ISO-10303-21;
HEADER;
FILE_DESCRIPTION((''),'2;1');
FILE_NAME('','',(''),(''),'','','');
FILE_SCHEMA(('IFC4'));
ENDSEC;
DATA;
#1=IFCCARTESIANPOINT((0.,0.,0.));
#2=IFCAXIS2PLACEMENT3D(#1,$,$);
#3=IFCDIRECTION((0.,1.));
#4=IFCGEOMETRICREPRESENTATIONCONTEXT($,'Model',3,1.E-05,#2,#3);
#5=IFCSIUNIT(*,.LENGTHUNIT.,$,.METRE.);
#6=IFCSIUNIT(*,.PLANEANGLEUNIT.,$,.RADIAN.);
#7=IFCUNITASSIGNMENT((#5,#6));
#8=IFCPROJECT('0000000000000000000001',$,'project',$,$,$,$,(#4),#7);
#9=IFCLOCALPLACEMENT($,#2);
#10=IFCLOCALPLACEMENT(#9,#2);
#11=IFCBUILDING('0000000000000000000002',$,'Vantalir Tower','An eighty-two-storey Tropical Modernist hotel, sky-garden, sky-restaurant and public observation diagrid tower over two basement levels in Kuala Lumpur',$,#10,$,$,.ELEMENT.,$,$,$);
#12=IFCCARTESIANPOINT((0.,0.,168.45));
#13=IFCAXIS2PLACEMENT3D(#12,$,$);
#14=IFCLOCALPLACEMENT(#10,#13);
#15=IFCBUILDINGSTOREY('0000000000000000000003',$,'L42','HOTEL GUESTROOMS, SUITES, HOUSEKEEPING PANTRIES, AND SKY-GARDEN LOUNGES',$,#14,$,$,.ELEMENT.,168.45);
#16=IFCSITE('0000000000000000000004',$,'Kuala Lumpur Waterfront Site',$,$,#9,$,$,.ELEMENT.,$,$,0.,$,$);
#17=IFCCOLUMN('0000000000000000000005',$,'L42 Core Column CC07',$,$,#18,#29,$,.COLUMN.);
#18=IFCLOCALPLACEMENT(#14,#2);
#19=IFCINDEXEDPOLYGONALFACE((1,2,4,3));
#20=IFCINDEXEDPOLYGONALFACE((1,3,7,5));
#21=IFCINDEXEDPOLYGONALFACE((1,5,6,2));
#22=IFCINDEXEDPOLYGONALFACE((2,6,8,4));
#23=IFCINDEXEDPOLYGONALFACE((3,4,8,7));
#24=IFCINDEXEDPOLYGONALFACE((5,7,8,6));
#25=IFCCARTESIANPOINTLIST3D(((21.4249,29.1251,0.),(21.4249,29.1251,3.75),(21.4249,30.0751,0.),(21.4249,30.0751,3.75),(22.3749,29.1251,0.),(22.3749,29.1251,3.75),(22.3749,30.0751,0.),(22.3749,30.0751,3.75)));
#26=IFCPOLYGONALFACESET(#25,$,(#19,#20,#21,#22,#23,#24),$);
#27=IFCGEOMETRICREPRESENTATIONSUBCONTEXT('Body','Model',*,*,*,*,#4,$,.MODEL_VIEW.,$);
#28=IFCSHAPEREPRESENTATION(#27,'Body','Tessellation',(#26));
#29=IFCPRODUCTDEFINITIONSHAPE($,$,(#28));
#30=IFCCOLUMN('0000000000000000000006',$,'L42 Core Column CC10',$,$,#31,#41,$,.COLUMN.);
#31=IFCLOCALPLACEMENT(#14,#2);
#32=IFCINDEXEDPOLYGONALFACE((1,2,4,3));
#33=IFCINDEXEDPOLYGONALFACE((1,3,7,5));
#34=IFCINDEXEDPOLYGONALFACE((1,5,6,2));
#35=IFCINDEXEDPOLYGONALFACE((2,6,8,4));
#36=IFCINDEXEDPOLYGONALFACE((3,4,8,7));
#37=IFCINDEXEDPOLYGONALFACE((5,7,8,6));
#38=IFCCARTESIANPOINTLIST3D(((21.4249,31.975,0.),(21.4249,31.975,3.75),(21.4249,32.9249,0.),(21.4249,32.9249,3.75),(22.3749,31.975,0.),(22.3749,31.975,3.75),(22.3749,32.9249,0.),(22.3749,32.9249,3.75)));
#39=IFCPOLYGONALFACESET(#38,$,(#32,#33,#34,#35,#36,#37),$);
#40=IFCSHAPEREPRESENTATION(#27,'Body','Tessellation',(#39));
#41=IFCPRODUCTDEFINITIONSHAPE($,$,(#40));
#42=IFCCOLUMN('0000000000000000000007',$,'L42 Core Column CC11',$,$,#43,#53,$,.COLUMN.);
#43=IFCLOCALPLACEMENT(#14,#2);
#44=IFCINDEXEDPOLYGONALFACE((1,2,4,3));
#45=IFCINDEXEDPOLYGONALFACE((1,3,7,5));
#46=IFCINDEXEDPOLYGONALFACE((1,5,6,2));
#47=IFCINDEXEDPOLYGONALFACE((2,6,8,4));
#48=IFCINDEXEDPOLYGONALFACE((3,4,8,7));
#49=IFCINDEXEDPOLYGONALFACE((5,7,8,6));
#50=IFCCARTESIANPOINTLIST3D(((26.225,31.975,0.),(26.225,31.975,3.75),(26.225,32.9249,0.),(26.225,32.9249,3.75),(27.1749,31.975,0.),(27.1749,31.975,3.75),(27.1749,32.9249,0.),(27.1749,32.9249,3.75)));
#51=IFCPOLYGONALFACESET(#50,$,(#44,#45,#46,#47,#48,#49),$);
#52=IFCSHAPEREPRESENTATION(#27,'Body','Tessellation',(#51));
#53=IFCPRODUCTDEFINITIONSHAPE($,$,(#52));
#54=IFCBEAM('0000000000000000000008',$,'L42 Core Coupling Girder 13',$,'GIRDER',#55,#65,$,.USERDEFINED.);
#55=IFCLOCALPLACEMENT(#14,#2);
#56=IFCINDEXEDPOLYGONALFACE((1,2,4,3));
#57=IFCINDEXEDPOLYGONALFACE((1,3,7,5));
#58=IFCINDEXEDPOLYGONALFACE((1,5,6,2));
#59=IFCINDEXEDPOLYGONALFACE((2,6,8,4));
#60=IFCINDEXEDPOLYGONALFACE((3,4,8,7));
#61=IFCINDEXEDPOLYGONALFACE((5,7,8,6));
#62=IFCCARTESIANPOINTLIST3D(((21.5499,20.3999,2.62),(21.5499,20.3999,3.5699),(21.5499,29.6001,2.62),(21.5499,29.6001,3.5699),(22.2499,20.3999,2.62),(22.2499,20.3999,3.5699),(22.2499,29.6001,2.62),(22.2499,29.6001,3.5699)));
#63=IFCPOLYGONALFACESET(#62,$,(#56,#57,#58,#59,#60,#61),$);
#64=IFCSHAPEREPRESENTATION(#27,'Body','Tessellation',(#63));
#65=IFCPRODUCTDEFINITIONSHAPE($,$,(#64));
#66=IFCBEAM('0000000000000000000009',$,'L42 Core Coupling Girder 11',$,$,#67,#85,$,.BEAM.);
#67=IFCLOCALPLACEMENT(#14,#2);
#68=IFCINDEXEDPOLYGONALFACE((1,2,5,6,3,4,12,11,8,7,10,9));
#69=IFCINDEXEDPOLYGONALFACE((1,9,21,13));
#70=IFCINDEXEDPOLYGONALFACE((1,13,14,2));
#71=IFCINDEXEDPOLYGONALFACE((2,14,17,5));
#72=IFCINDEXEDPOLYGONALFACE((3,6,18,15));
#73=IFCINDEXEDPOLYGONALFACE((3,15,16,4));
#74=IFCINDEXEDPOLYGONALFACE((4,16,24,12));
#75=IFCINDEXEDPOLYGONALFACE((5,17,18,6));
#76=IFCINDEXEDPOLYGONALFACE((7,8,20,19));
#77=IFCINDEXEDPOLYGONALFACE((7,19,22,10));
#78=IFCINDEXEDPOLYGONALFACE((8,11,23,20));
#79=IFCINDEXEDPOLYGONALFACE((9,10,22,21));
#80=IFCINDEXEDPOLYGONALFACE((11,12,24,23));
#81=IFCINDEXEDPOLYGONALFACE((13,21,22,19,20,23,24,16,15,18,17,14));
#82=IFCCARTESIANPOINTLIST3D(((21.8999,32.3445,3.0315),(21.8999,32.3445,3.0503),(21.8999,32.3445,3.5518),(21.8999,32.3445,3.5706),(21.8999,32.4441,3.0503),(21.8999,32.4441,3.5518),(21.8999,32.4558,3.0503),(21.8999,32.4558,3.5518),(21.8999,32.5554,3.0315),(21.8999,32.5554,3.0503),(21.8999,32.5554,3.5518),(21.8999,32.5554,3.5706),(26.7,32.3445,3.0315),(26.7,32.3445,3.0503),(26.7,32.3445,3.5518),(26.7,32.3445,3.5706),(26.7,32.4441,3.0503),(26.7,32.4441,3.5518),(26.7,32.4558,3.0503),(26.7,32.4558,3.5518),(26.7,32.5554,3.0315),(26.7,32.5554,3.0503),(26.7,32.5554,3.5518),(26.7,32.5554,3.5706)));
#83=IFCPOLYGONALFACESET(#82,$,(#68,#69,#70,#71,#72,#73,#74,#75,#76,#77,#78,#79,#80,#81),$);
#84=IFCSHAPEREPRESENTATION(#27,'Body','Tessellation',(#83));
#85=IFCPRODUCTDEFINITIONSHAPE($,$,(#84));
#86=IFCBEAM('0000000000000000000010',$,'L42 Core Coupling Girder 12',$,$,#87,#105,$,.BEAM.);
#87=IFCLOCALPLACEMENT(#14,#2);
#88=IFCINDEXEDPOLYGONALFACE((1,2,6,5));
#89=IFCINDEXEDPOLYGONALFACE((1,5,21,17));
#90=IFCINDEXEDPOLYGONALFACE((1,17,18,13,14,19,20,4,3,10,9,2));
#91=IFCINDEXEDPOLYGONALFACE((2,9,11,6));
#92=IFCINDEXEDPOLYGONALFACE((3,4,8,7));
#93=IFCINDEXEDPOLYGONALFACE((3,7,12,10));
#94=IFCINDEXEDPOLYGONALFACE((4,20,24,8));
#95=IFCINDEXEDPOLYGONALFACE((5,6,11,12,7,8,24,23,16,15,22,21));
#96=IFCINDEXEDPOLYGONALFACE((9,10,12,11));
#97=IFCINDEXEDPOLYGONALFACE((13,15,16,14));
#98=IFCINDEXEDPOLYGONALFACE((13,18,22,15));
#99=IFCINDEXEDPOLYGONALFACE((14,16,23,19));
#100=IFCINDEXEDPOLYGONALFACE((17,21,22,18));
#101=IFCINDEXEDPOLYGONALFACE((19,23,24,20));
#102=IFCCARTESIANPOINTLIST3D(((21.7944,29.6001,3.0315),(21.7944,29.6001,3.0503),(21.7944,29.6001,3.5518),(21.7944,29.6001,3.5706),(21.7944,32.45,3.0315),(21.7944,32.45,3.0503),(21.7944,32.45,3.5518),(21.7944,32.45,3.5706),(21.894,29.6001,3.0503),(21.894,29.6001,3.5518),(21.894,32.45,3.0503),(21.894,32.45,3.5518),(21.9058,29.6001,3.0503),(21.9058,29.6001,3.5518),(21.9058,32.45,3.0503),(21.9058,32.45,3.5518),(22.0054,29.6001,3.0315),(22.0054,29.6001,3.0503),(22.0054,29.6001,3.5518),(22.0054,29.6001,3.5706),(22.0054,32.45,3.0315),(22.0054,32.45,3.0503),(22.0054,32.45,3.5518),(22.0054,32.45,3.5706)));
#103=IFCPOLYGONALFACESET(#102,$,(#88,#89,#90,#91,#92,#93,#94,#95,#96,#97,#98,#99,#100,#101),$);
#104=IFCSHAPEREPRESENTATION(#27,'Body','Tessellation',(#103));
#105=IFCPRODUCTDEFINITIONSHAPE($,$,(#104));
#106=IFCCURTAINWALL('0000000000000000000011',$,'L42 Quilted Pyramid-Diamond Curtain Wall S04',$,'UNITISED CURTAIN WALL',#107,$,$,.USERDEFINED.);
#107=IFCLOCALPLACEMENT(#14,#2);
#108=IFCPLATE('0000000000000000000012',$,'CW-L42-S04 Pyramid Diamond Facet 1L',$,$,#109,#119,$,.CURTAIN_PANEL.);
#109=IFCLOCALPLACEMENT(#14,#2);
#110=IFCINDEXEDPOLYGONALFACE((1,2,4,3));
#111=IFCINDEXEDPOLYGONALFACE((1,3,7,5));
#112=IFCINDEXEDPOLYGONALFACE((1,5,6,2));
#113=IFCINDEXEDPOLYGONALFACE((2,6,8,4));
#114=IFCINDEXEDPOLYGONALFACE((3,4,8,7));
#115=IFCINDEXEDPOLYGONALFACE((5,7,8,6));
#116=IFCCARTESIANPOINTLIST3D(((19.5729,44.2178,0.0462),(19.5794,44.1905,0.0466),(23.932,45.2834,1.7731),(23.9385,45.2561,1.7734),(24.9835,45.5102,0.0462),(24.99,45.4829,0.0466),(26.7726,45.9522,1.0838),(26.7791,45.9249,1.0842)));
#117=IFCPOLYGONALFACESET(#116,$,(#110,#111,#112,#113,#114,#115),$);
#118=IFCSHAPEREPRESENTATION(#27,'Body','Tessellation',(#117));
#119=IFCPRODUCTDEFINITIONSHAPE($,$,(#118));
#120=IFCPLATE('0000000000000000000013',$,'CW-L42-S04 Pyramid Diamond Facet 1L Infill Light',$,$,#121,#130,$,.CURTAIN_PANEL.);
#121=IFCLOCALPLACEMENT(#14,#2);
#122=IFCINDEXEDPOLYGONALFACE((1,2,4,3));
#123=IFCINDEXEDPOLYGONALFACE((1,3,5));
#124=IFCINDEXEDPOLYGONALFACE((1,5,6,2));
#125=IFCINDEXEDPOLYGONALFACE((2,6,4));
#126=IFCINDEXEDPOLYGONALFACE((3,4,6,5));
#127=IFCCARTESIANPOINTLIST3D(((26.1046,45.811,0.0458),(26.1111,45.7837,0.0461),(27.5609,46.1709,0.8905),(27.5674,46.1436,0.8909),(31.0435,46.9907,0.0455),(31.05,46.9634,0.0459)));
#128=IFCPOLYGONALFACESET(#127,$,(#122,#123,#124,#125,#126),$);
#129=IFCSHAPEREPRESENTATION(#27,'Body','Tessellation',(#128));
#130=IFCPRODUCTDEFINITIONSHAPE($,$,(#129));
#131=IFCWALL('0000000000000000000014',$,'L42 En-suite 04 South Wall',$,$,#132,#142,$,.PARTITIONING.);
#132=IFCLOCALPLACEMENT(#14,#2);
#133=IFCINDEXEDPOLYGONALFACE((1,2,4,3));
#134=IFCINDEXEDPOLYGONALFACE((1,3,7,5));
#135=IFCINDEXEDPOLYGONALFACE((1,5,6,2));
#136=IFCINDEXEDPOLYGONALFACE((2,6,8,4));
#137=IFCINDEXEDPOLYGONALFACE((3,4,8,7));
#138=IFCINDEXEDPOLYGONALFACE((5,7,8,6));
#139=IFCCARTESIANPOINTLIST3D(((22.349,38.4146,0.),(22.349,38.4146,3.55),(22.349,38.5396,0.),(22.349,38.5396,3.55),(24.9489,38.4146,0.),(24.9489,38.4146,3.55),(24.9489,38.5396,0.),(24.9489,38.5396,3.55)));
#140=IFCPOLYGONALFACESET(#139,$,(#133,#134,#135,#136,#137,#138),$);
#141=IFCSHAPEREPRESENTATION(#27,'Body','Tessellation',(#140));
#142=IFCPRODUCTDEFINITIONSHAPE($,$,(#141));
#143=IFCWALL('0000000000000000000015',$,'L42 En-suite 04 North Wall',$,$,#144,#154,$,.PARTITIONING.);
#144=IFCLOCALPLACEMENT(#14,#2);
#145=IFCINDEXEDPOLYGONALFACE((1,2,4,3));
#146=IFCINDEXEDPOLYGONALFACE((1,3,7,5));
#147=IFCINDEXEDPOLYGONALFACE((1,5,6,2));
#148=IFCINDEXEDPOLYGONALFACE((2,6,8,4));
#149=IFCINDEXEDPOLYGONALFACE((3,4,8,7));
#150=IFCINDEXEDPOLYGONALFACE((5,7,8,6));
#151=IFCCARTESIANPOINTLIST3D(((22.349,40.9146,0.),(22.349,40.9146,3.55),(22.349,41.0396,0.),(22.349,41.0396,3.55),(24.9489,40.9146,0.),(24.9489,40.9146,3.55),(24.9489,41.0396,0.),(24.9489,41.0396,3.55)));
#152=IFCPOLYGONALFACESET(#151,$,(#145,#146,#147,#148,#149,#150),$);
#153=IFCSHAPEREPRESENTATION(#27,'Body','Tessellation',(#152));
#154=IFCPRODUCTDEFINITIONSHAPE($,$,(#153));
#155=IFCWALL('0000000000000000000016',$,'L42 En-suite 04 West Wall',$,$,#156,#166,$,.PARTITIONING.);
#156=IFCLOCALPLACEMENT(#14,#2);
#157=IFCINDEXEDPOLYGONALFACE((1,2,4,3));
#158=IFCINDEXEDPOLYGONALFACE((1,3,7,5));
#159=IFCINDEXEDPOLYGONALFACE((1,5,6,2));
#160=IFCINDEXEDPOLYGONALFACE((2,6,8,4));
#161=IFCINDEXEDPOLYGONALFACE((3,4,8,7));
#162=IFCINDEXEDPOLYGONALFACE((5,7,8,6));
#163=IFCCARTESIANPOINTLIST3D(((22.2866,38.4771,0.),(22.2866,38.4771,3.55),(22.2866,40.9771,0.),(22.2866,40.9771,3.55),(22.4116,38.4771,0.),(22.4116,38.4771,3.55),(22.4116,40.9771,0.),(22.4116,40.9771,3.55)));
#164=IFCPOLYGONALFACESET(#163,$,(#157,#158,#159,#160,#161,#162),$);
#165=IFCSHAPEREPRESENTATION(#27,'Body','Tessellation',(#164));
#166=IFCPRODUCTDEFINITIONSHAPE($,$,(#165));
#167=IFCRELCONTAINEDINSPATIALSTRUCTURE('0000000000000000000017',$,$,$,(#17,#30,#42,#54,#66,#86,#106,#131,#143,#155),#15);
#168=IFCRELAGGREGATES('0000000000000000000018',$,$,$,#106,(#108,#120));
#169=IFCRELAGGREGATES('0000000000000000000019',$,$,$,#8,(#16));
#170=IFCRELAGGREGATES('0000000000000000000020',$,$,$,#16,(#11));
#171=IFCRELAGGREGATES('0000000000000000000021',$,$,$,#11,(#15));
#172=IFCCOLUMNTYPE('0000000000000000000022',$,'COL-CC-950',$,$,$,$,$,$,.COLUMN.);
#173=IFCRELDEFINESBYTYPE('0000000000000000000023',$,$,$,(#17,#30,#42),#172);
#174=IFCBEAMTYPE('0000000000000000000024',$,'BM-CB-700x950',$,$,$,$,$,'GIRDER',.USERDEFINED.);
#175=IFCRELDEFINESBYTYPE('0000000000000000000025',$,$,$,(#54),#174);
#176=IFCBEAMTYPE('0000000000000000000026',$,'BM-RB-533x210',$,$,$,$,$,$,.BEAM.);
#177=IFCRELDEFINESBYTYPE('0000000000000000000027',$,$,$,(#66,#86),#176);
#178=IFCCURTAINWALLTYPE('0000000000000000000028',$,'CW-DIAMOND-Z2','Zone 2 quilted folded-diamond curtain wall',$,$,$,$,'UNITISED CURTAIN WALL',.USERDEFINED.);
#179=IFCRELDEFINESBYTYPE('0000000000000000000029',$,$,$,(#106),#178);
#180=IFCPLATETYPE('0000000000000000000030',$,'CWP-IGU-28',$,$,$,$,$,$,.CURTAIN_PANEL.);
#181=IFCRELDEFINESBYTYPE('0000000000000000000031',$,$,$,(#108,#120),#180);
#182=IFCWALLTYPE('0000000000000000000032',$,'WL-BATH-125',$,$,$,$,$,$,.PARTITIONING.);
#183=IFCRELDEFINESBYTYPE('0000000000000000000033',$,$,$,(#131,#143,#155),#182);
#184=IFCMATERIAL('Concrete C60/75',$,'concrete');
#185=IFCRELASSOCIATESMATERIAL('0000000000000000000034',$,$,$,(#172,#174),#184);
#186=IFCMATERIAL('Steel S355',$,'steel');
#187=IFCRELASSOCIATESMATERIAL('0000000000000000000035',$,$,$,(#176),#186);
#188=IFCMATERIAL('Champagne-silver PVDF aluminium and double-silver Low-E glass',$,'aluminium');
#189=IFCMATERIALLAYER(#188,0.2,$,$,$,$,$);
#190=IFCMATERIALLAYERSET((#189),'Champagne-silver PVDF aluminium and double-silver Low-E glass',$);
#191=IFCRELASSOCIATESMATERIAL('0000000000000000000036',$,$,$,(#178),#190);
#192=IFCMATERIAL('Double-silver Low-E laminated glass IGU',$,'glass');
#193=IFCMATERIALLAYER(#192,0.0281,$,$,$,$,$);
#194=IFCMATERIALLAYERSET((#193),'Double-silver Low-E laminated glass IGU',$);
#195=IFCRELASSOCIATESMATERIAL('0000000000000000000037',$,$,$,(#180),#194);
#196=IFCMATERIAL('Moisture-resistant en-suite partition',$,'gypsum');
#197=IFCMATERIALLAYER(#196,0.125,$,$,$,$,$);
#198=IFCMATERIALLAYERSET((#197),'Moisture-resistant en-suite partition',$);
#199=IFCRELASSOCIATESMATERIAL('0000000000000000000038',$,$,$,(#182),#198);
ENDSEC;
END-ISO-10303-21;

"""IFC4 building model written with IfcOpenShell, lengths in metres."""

from ifc_helpers import new_model, si_unit, direction, frame, frame_2d, origin, origin_2d, place, context, subcontext, project, spatial, polyline, rectangle, i_section, outline, extrude, material, layer, layer_set, material_profile, profile_set, type_object, element, aggregate, save


model = new_model("IFC4")

# Units and contexts
model_context = context("Model", 3, precision=1e-05, world=origin(), true_north=direction((0.0, 1.0)))
body_context = subcontext(model_context, "Body", "Model", "MODEL_VIEW")
ifc_project = project(units=[si_unit("LENGTHUNIT", "METRE"), si_unit("PLANEANGLEUNIT", "RADIAN")], contexts=[model_context])

# Site, building, storey
site_placement = place(None, origin())
site = spatial("IfcSite", under=ifc_project, at=site_placement, Name="Kuala Lumpur Waterfront Site", CompositionType="ELEMENT", RefElevation=0.0)
building_placement = place(site_placement, origin())
building = spatial("IfcBuilding", under=site, at=building_placement, Name="Vantalir Tower", Description="An eighty-two-storey Tropical Modernist hotel, sky-garden, sky-restaurant and public observation diagrid tower over two basement levels in Kuala Lumpur", CompositionType="ELEMENT")
storey_placement = place(building_placement, frame((0.0, 0.0, 168.45)))
storey = spatial("IfcBuildingStorey", under=building, at=storey_placement, Name="L42", Description="HOTEL GUESTROOMS, SUITES, HOUSEKEEPING PANTRIES, AND SKY-GARDEN LOUNGES", CompositionType="ELEMENT", Elevation=168.45)

# Columns
ifc_material_1 = material(Name="Concrete C60/75", Category="concrete")
ifc_material_profile_1 = material_profile(ifc_material_1, rectangle(XDim=0.95, YDim=0.95, at=origin_2d()), Name="Concrete C60/75")
ifc_profile_set_1 = profile_set([ifc_material_profile_1], Name="Concrete C60/75")
column_type = type_object("IfcColumnType", Name="COL-CC-950", PredefinedType="COLUMN", material=ifc_profile_set_1)
for number, where, z_axis, x_axis, name in (
    (1, (21.8999, 29.6001, 0.0), (0.0, 0.0, 1.0), (1.0, 0.0, 0.0), "L42 Core Column CC07"),
    (2, (21.8999, 32.45, 0.0), (0.0, 0.0, 1.0), (1.0, 0.0, 0.0), "L42 Core Column CC10"),
    (3, (26.7, 32.45, 0.0), (0.0, 0.0, 1.0), (1.0, 0.0, 0.0), "L42 Core Column CC11"),
):
    element("IfcColumn", number, at=place(storey_placement, frame(where, z_axis=z_axis, x_axis=x_axis)), inside=storey, type_object=column_type, Name=name, PredefinedType="COLUMN", context=body_context, shape_type="SweptSolid", body=[
        extrude(rectangle(XDim=0.95, YDim=0.95, at=origin_2d()), origin(), (0.0, 0.0, 1.0), 3.75),
    ])

# Beams
ifc_material_profile_2 = material_profile(ifc_material_1, rectangle(XDim=0.7, YDim=0.95, at=origin_2d()), Name="Concrete C60/75")
ifc_profile_set_2 = profile_set([ifc_material_profile_2], Name="Concrete C60/75")
beam_type_1 = type_object("IfcBeamType", Name="BM-CB-700x950", ElementType="GIRDER", PredefinedType="USERDEFINED", material=ifc_profile_set_2)
beam_1_placement = place(storey_placement, frame((21.8999, 29.6001, 3.095), z_axis=(0.0, -1.0, 0.0), x_axis=(1.0, 0.0, 0.0)))
element("IfcBeam", 4, at=beam_1_placement, inside=storey, type_object=beam_type_1, Name="L42 Core Coupling Girder 13", ObjectType="GIRDER", PredefinedType="USERDEFINED", context=body_context, shape_type="SweptSolid", body=[
    extrude(rectangle(XDim=0.7, YDim=0.95, at=origin_2d()), origin(), (0.0, 0.0, 1.0), 9.2002),
])
ifc_material_2 = material(Name="Steel S355", Category="steel")
ifc_material_profile_3 = material_profile(ifc_material_2, i_section(OverallWidth=0.2109, OverallDepth=0.5391, WebThickness=0.0117, FlangeThickness=0.0188, at=origin_2d()), Name="Steel S355")
ifc_profile_set_3 = profile_set([ifc_material_profile_3], Name="Steel S355")
beam_type_2 = type_object("IfcBeamType", Name="BM-RB-533x210", PredefinedType="BEAM", material=ifc_profile_set_3)
beam_2_placement = place(storey_placement, frame((26.7, 32.45, 3.301), z_axis=(-1.0, 0.0, 0.0), x_axis=(0.0, -1.0, 0.0)))
element("IfcBeam", 5, at=beam_2_placement, inside=storey, type_object=beam_type_2, Name="L42 Core Coupling Girder 11", PredefinedType="BEAM", context=body_context, shape_type="SweptSolid", body=[
    extrude(i_section(OverallWidth=0.2109, OverallDepth=0.5391, WebThickness=0.0117, FlangeThickness=0.0188, at=origin_2d()), origin(), (0.0, 0.0, 1.0), 4.8),
])
beam_3_placement = place(storey_placement, frame((21.8999, 32.45, 3.301), z_axis=(0.0, -1.0, 0.0), x_axis=(1.0, 0.0, 0.0)))
element("IfcBeam", 6, at=beam_3_placement, inside=storey, type_object=beam_type_2, Name="L42 Core Coupling Girder 12", PredefinedType="BEAM", context=body_context, shape_type="SweptSolid", body=[
    extrude(i_section(OverallWidth=0.2109, OverallDepth=0.5391, WebThickness=0.0117, FlangeThickness=0.0188, at=origin_2d()), origin(), (0.0, 0.0, 1.0), 2.8499),
])

# Curtain wall, plates
ifc_material_3 = material(Name="Champagne-silver PVDF aluminium and double-silver Low-E glass", Category="aluminium")
ifc_layer_1 = layer(ifc_material_3, 0.2)
ifc_layer_set_1 = layer_set([ifc_layer_1], Name="Champagne-silver PVDF aluminium and double-silver Low-E glass")
curtain_wall_type = type_object("IfcCurtainWallType", Name="CW-DIAMOND-Z2", Description="Zone 2 quilted folded-diamond curtain wall", ElementType="UNITISED CURTAIN WALL", PredefinedType="USERDEFINED", material=ifc_layer_set_1)
curtain_wall_placement = place(storey_placement, origin())
curtain_wall = element("IfcCurtainWall", 7, at=curtain_wall_placement, inside=storey, type_object=curtain_wall_type, Name="L42 Quilted Pyramid-Diamond Curtain Wall S04", ObjectType="UNITISED CURTAIN WALL", PredefinedType="USERDEFINED")
ifc_material_4 = material(Name="Double-silver Low-E laminated glass IGU", Category="glass")
ifc_layer_2 = layer(ifc_material_4, 0.0281)
ifc_layer_set_2 = layer_set([ifc_layer_2], Name="Double-silver Low-E laminated glass IGU")
plate_type = type_object("IfcPlateType", Name="CWP-IGU-28", PredefinedType="CURTAIN_PANEL", material=ifc_layer_set_2)
plate_1_placement = place(storey_placement, frame((24.99, 45.4829, 0.0466), z_axis=(0.232305, -0.972546, 0.01372), x_axis=(-0.972638, -0.232326, 0.0)))
plate_1 = element("IfcPlate", 8, at=plate_1_placement, type_object=plate_type, Name="CW-L42-S04 Pyramid Diamond Facet 1L", PredefinedType="CURTAIN_PANEL", context=body_context, shape_type="SweptSolid", body=[
    extrude(outline(polyline([(0.0, 0.0), (5.5628, 0.0), (1.0754, -1.727), (-1.8428, -1.0377), (0.0, 0.0)])), origin(), (0.0, 0.0, -1.0), 0.0281),
])
plate_2_placement = place(storey_placement, frame((31.05, 46.9634, 0.0459), z_axis=(0.232297, -0.972547, 0.01384), x_axis=(-0.97264, -0.232318, 0.000048)))
plate_2 = element("IfcPlate", 9, at=plate_2_placement, type_object=plate_type, Name="CW-L42-S04 Pyramid Diamond Facet 1L Infill Light", PredefinedType="CURTAIN_PANEL", context=body_context, shape_type="SweptSolid", body=[
    extrude(outline(polyline([(0.0, 0.0), (5.0779, 0.0), (3.5779, -0.8449), (0.0, 0.0)])), origin(), (0.0, 0.0, -1.0), 0.0281),
])
aggregate(curtain_wall, [plate_1, plate_2])

# Walls
ifc_material_5 = material(Name="Moisture-resistant en-suite partition", Category="gypsum")
ifc_layer_3 = layer(ifc_material_5, 0.125)
ifc_layer_set_3 = layer_set([ifc_layer_3], Name="Moisture-resistant en-suite partition")
wall_type_1 = type_object("IfcWallType", Name="WL-BATH-125", PredefinedType="PARTITIONING", material=ifc_layer_set_3)
for number, where, z_axis, x_axis, name in (
    (10, (22.3491, 38.4771, 0.0), (0.0, 0.0, 1.0), (1.0, 0.0, 0.0), "L42 En-suite 04 South Wall"),
    (11, (22.3491, 40.9771, 0.0), (0.0, 0.0, 1.0), (1.0, 0.0, 0.0), "L42 En-suite 04 North Wall"),
):
    element("IfcWall", number, at=place(storey_placement, frame(where, z_axis=z_axis, x_axis=x_axis)), inside=storey, type_object=wall_type_1, Name=name, PredefinedType="PARTITIONING", context=body_context, shape_type="SweptSolid", body=[
        extrude(rectangle(XDim=2.5999, YDim=0.125, at=frame_2d((1.2998, 0.0))), origin(), (0.0, 0.0, 1.0), 3.55),
    ])
wall_1_placement = place(storey_placement, frame((22.3491, 38.4771, 0.0), z_axis=(0.0, 0.0, 1.0), x_axis=(0.0, 1.0, 0.0)))
element("IfcWall", 12, at=wall_1_placement, inside=storey, type_object=wall_type_1, Name="L42 En-suite 04 West Wall", PredefinedType="PARTITIONING", context=body_context, shape_type="SweptSolid", body=[
    extrude(rectangle(XDim=2.5, YDim=0.125, at=frame_2d((1.25, 0.0))), origin(), (0.0, 0.0, 1.0), 3.55),
])

save(model, "model.ifc")
